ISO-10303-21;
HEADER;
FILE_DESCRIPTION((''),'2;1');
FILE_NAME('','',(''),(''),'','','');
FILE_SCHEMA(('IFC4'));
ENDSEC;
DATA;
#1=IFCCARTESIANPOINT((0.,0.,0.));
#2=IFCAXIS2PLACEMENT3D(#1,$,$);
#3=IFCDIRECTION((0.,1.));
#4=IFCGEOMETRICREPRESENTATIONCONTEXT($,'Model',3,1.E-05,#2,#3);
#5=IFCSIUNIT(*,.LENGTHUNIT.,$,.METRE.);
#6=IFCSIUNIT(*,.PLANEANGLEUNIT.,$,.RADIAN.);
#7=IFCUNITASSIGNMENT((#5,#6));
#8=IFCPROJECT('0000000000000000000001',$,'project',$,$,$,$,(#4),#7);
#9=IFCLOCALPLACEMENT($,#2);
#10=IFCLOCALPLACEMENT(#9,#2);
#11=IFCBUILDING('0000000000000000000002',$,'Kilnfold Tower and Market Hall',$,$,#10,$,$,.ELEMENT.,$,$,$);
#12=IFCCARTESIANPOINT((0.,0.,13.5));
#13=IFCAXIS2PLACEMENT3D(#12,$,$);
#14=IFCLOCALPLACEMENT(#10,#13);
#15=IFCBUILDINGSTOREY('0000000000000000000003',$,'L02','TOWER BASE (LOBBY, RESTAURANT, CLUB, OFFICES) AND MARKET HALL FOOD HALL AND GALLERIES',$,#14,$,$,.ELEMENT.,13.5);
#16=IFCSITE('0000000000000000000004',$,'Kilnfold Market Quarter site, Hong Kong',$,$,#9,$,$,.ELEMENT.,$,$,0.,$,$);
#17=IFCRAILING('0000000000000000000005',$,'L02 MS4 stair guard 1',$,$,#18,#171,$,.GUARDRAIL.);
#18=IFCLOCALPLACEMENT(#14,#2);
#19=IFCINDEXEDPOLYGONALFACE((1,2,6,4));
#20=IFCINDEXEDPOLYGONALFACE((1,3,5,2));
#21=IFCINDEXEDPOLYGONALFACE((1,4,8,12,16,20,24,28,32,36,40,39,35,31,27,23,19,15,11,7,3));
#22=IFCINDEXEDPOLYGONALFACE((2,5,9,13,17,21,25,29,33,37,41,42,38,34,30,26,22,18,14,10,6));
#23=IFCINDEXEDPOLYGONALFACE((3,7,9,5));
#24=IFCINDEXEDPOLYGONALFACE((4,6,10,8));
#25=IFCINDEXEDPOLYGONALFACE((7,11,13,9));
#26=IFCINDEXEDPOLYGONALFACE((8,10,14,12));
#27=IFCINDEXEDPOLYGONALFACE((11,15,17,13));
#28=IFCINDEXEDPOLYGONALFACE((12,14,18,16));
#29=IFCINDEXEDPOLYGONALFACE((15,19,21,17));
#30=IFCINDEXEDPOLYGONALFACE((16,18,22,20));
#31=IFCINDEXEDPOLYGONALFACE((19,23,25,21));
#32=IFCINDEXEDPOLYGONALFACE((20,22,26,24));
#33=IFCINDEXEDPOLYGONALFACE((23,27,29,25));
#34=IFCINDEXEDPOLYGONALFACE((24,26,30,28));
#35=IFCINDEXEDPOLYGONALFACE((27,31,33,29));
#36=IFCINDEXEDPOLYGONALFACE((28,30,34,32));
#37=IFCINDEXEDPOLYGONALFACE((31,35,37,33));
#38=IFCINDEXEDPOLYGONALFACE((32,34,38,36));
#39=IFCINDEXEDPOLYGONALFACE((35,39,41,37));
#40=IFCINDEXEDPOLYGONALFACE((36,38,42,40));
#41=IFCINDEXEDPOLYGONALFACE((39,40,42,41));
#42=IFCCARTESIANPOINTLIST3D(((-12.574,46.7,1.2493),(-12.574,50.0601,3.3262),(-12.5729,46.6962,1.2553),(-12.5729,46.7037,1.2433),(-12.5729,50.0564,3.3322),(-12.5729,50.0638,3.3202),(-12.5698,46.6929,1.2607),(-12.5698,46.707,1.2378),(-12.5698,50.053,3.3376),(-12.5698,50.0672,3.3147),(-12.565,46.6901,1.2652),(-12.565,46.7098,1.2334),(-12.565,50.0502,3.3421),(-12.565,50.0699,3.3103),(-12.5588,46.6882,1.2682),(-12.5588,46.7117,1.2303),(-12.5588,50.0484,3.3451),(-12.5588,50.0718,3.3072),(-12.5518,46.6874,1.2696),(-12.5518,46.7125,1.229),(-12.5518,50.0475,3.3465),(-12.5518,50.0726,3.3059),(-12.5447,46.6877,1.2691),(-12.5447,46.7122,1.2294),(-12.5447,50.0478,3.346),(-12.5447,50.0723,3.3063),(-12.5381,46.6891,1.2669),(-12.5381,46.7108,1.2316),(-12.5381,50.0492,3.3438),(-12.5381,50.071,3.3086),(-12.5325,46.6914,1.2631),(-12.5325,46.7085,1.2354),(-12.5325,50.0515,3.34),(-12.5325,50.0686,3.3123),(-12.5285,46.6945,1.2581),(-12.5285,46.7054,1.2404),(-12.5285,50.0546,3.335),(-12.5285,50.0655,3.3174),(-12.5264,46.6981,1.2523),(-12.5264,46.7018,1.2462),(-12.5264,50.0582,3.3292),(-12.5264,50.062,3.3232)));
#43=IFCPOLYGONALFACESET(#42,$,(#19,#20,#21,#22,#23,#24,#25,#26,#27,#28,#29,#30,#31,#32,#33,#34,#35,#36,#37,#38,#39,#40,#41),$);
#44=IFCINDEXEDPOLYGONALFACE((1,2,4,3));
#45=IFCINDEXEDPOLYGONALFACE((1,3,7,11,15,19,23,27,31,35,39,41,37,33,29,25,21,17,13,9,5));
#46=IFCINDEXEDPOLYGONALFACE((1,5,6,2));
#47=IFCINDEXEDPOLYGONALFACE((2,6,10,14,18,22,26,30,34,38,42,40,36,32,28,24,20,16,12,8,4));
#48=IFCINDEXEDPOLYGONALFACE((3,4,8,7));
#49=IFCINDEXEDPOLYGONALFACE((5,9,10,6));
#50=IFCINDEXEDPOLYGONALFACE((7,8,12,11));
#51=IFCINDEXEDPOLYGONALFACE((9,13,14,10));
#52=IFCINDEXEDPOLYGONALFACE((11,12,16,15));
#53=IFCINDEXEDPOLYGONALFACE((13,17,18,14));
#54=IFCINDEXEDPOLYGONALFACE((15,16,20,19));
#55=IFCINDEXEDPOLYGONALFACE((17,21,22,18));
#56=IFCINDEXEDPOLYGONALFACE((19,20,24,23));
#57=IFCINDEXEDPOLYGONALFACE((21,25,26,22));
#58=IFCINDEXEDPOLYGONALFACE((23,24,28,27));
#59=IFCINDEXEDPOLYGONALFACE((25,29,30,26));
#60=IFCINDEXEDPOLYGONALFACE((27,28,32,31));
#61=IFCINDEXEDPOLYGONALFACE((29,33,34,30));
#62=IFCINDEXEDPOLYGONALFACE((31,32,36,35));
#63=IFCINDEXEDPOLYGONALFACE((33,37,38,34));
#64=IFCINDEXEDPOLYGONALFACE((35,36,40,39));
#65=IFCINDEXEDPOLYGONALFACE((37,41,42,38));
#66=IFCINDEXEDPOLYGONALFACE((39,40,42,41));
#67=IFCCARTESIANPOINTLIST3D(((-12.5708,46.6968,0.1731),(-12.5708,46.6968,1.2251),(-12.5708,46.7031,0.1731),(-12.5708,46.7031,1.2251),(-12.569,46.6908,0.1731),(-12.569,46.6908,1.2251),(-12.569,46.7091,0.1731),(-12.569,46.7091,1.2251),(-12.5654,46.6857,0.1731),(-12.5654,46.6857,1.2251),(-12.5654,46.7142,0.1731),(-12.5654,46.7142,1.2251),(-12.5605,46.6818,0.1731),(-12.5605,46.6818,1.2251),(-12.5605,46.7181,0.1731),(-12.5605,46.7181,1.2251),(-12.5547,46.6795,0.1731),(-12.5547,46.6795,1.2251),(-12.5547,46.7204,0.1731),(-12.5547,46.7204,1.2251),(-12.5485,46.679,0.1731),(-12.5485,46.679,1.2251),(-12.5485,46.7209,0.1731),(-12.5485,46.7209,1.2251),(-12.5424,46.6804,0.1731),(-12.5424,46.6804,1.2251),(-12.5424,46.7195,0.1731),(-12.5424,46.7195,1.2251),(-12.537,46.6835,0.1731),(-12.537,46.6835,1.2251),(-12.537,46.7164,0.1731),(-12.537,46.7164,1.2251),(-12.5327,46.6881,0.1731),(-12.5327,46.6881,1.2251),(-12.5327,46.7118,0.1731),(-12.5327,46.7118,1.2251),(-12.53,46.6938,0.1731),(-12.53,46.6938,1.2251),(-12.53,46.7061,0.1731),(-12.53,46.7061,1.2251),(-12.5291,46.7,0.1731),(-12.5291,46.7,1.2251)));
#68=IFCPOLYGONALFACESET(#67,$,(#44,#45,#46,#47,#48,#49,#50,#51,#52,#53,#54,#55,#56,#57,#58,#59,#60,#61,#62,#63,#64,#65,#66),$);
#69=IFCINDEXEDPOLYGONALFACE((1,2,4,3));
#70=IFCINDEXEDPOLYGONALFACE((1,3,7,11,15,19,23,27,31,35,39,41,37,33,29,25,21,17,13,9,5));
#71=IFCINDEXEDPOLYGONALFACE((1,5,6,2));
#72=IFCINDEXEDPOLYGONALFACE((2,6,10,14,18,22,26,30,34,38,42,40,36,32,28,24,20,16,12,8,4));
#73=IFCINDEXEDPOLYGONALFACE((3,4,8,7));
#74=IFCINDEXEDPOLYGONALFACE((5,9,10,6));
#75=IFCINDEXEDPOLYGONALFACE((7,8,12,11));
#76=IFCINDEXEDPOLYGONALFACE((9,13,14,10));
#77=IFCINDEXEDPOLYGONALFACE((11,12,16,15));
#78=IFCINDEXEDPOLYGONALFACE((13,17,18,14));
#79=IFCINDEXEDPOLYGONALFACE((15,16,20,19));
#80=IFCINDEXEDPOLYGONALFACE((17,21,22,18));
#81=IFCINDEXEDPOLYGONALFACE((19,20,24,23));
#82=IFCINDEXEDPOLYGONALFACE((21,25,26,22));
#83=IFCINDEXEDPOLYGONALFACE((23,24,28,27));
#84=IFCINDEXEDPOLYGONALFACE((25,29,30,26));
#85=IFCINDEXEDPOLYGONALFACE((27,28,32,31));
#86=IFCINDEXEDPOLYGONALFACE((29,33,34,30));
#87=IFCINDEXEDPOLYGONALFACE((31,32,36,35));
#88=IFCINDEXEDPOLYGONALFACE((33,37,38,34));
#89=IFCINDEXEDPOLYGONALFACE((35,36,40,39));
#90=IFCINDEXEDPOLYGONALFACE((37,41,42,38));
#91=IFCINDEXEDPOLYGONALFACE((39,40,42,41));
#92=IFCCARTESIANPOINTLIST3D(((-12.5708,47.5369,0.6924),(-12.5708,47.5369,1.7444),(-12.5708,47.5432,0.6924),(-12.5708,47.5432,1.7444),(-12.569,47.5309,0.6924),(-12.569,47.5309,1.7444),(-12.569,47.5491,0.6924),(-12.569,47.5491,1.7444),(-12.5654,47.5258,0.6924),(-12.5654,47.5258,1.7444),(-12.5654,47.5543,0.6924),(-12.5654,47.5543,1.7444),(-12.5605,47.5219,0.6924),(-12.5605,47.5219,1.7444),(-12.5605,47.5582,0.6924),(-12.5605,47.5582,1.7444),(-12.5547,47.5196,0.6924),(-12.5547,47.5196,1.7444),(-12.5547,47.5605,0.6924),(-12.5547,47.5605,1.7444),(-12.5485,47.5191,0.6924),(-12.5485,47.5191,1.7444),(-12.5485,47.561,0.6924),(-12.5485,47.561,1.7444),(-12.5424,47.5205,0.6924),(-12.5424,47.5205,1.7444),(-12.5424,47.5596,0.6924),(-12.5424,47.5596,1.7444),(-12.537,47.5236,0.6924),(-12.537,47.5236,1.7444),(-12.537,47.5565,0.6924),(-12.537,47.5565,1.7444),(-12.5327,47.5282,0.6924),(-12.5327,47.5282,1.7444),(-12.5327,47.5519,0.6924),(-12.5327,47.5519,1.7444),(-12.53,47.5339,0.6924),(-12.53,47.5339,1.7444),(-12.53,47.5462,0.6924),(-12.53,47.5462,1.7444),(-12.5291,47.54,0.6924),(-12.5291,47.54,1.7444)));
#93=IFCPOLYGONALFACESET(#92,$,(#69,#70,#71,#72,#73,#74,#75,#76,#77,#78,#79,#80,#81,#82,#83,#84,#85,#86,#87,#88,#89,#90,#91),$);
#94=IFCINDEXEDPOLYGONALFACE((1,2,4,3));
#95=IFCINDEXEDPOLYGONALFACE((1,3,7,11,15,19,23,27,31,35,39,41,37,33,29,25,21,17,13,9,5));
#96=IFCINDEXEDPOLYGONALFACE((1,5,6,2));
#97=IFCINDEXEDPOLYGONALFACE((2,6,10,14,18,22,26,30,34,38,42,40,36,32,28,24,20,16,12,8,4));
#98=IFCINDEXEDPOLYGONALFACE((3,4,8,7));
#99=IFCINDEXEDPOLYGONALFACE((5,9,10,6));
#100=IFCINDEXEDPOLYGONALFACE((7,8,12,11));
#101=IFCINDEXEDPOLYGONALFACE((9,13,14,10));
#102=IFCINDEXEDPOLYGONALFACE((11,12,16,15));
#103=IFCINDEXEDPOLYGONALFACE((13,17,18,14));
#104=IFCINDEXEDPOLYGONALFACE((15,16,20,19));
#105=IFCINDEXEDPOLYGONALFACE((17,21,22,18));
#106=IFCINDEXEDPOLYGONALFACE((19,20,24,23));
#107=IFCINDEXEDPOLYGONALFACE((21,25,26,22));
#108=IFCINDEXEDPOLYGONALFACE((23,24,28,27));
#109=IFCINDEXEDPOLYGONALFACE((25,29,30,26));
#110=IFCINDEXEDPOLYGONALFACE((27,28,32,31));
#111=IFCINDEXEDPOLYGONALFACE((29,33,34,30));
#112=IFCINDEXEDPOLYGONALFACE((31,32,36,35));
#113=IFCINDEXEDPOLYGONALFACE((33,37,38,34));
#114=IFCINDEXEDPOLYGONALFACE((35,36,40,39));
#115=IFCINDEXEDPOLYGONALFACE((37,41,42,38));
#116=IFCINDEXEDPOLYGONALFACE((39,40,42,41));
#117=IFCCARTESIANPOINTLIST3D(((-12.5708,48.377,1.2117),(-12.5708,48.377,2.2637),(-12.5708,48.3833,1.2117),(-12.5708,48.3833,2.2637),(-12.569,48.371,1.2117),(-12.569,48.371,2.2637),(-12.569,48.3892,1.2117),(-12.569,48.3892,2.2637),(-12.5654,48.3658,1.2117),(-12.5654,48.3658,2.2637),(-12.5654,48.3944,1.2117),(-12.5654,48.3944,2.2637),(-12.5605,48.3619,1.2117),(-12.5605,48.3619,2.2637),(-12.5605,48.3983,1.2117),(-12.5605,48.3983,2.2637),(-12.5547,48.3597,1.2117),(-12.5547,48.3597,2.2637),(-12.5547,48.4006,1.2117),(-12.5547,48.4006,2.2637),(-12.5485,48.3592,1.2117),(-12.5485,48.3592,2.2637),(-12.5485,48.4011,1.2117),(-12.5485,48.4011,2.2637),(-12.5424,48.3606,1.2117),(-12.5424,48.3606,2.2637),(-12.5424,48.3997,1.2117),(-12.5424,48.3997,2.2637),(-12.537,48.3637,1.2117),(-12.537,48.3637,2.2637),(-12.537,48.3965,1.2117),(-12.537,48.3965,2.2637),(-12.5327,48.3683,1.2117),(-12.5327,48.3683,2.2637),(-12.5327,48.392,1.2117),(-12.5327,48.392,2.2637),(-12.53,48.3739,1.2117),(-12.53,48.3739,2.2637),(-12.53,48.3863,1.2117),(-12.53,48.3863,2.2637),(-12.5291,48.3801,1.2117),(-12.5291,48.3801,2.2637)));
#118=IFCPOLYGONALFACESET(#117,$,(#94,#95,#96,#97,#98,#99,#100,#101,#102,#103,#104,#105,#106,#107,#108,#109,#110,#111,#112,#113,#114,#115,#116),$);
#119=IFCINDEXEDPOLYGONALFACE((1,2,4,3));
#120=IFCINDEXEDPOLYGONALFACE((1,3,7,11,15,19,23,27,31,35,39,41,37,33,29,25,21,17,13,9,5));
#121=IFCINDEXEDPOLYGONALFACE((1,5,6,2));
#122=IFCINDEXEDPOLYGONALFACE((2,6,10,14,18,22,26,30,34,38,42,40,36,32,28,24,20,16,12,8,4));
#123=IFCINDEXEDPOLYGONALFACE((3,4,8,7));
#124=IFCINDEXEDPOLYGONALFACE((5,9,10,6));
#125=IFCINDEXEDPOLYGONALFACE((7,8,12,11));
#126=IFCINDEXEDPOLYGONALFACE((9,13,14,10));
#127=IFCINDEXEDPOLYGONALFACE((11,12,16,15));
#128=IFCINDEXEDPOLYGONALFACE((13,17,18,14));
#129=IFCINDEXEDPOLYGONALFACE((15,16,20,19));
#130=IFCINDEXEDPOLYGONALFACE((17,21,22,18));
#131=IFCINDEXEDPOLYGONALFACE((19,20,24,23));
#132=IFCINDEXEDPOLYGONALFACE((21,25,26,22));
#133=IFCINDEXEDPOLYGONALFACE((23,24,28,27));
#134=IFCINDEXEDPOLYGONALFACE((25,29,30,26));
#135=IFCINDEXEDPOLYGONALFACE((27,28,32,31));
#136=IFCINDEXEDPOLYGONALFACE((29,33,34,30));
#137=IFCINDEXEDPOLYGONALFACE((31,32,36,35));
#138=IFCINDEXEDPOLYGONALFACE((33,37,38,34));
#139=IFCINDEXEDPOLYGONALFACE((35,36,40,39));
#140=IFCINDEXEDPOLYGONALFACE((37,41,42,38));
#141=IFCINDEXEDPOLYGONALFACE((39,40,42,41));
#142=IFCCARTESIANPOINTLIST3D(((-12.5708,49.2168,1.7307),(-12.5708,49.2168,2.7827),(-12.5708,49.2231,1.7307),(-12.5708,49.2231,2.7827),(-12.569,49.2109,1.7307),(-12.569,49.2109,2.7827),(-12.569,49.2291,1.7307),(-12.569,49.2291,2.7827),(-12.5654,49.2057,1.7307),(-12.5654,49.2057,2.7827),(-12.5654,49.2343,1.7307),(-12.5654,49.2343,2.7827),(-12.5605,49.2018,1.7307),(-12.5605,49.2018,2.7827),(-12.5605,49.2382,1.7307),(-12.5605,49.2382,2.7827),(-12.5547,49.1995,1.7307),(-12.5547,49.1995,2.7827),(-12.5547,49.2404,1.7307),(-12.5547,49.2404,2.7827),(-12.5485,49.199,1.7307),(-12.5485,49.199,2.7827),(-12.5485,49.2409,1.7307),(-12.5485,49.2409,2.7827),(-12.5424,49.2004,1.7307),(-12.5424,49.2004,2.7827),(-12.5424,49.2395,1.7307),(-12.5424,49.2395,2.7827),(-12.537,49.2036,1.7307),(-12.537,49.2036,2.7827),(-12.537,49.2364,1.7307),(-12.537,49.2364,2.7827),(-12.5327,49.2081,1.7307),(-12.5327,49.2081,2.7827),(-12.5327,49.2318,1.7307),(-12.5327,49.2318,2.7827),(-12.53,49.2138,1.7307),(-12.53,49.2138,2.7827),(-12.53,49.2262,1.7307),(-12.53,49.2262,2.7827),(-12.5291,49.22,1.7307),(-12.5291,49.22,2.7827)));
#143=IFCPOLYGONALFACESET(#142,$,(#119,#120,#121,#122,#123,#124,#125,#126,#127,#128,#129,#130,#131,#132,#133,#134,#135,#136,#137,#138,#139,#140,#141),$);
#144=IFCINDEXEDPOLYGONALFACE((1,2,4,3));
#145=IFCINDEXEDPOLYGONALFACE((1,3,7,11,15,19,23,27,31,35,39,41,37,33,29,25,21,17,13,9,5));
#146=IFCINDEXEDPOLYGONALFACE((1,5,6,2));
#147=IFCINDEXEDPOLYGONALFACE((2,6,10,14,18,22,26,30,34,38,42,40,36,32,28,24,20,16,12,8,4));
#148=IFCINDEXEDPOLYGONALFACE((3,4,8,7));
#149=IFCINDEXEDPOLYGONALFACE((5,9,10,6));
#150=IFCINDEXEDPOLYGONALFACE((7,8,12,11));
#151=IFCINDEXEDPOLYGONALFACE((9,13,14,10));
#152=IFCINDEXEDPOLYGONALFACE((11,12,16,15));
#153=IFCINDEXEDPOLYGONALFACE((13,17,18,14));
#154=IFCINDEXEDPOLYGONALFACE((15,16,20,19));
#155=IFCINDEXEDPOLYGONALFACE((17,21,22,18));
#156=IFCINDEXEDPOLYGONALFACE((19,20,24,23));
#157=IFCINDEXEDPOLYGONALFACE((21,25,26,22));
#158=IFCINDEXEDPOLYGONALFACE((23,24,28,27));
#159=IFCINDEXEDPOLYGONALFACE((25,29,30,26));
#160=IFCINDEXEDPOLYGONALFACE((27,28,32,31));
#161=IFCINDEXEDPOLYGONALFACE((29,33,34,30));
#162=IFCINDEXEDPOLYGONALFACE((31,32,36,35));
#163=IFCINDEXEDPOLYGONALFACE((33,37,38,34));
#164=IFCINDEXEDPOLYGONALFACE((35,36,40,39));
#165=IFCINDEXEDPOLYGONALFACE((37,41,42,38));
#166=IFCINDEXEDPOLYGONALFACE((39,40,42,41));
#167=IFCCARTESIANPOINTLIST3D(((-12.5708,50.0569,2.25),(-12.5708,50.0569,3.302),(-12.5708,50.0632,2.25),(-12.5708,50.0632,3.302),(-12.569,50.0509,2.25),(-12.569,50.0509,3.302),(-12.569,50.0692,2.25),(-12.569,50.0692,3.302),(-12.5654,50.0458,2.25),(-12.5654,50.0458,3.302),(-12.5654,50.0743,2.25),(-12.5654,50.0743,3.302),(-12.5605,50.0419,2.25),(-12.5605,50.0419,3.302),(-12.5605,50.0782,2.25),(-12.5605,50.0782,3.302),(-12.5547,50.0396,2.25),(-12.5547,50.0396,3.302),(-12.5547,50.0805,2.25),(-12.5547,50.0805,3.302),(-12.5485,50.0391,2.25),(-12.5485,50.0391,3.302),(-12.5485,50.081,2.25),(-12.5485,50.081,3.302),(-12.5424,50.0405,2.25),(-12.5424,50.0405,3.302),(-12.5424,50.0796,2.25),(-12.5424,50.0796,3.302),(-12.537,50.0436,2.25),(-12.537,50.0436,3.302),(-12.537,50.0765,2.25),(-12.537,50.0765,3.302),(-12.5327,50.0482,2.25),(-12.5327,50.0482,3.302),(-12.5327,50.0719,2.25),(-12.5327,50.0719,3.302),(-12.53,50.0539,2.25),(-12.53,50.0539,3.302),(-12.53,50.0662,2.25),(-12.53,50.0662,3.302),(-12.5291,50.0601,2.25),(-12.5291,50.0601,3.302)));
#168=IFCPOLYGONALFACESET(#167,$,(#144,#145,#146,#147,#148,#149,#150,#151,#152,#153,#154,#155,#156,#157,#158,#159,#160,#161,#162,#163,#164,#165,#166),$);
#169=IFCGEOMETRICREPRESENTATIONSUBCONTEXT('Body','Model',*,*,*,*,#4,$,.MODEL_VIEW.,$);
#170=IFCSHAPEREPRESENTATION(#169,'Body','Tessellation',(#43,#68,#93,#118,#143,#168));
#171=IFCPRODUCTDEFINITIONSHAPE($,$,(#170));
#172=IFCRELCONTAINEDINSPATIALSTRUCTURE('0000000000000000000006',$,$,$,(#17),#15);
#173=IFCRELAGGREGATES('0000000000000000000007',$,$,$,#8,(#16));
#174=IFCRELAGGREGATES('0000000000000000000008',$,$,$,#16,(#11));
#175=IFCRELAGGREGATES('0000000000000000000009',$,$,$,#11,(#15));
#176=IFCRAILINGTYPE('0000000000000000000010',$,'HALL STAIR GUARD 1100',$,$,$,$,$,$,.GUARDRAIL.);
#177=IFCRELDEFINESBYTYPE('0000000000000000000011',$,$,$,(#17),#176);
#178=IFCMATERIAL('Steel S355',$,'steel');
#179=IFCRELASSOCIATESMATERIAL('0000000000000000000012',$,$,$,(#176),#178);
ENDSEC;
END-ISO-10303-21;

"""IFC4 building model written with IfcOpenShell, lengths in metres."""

from ifc_helpers import new_model, si_unit, direction, frame, origin, origin_2d, place, context, subcontext, project, spatial, circle, extrude, material, type_object, element, save


model = new_model("IFC4")

# Units and contexts
model_context = context("Model", 3, precision=1e-05, world=origin(), true_north=direction((0.0, 1.0)))
body_context = subcontext(model_context, "Body", "Model", "MODEL_VIEW")
ifc_project = project(units=[si_unit("LENGTHUNIT", "METRE"), si_unit("PLANEANGLEUNIT", "RADIAN")], contexts=[model_context])

# Site, building, storey
site_placement = place(None, origin())
site = spatial("IfcSite", under=ifc_project, at=site_placement, Name="Kilnfold Market Quarter site, Hong Kong", CompositionType="ELEMENT", RefElevation=0.0)
building_placement = place(site_placement, origin())
building = spatial("IfcBuilding", under=site, at=building_placement, Name="Kilnfold Tower and Market Hall", CompositionType="ELEMENT")
storey_placement = place(building_placement, frame((0.0, 0.0, 13.5)))
storey = spatial("IfcBuildingStorey", under=building, at=storey_placement, Name="L02", Description="TOWER BASE (LOBBY, RESTAURANT, CLUB, OFFICES) AND MARKET HALL FOOD HALL AND GALLERIES", CompositionType="ELEMENT", Elevation=13.5)

# Railing
ifc_material_1 = material(Name="Steel S355", Category="steel")
railing_type_1 = type_object("IfcRailingType", Name="HALL STAIR GUARD 1100", PredefinedType="GUARDRAIL", material=ifc_material_1)
railing_1_placement = place(storey_placement, frame((-12.55, 46.7, 0.1731)))
element("IfcRailing", 1, at=railing_1_placement, inside=storey, type_object=railing_type_1, Name="L02 MS4 stair guard 1", PredefinedType="GUARDRAIL", context=body_context, shape_type="SweptSolid", body=[
    extrude(circle(Radius=0.0239, at=origin_2d()), frame((0.0, 0.0, 1.0762), z_axis=(0.0, 0.850623, 0.525776), x_axis=(-1.0, 0.0, 0.0)), (0.0, 0.0, 1.0), 3.9502),
    extrude(circle(Radius=0.021, at=origin_2d()), origin(), (0.0, 0.0, 1.0), 1.052),
    extrude(circle(Radius=0.021, at=origin_2d()), frame((0.0, 0.8401, 0.5193)), (0.0, 0.0, 1.0), 1.052),
    extrude(circle(Radius=0.021, at=origin_2d()), frame((0.0, 1.6802, 1.0386)), (0.0, 0.0, 1.0), 1.052),
    extrude(circle(Radius=0.021, at=origin_2d()), frame((0.0, 2.52, 1.5576)), (0.0, 0.0, 1.0), 1.052),
    extrude(circle(Radius=0.021, at=origin_2d()), frame((0.0, 3.3601, 2.0769)), (0.0, 0.0, 1.0), 1.052),
])

save(model, "model.ifc")
